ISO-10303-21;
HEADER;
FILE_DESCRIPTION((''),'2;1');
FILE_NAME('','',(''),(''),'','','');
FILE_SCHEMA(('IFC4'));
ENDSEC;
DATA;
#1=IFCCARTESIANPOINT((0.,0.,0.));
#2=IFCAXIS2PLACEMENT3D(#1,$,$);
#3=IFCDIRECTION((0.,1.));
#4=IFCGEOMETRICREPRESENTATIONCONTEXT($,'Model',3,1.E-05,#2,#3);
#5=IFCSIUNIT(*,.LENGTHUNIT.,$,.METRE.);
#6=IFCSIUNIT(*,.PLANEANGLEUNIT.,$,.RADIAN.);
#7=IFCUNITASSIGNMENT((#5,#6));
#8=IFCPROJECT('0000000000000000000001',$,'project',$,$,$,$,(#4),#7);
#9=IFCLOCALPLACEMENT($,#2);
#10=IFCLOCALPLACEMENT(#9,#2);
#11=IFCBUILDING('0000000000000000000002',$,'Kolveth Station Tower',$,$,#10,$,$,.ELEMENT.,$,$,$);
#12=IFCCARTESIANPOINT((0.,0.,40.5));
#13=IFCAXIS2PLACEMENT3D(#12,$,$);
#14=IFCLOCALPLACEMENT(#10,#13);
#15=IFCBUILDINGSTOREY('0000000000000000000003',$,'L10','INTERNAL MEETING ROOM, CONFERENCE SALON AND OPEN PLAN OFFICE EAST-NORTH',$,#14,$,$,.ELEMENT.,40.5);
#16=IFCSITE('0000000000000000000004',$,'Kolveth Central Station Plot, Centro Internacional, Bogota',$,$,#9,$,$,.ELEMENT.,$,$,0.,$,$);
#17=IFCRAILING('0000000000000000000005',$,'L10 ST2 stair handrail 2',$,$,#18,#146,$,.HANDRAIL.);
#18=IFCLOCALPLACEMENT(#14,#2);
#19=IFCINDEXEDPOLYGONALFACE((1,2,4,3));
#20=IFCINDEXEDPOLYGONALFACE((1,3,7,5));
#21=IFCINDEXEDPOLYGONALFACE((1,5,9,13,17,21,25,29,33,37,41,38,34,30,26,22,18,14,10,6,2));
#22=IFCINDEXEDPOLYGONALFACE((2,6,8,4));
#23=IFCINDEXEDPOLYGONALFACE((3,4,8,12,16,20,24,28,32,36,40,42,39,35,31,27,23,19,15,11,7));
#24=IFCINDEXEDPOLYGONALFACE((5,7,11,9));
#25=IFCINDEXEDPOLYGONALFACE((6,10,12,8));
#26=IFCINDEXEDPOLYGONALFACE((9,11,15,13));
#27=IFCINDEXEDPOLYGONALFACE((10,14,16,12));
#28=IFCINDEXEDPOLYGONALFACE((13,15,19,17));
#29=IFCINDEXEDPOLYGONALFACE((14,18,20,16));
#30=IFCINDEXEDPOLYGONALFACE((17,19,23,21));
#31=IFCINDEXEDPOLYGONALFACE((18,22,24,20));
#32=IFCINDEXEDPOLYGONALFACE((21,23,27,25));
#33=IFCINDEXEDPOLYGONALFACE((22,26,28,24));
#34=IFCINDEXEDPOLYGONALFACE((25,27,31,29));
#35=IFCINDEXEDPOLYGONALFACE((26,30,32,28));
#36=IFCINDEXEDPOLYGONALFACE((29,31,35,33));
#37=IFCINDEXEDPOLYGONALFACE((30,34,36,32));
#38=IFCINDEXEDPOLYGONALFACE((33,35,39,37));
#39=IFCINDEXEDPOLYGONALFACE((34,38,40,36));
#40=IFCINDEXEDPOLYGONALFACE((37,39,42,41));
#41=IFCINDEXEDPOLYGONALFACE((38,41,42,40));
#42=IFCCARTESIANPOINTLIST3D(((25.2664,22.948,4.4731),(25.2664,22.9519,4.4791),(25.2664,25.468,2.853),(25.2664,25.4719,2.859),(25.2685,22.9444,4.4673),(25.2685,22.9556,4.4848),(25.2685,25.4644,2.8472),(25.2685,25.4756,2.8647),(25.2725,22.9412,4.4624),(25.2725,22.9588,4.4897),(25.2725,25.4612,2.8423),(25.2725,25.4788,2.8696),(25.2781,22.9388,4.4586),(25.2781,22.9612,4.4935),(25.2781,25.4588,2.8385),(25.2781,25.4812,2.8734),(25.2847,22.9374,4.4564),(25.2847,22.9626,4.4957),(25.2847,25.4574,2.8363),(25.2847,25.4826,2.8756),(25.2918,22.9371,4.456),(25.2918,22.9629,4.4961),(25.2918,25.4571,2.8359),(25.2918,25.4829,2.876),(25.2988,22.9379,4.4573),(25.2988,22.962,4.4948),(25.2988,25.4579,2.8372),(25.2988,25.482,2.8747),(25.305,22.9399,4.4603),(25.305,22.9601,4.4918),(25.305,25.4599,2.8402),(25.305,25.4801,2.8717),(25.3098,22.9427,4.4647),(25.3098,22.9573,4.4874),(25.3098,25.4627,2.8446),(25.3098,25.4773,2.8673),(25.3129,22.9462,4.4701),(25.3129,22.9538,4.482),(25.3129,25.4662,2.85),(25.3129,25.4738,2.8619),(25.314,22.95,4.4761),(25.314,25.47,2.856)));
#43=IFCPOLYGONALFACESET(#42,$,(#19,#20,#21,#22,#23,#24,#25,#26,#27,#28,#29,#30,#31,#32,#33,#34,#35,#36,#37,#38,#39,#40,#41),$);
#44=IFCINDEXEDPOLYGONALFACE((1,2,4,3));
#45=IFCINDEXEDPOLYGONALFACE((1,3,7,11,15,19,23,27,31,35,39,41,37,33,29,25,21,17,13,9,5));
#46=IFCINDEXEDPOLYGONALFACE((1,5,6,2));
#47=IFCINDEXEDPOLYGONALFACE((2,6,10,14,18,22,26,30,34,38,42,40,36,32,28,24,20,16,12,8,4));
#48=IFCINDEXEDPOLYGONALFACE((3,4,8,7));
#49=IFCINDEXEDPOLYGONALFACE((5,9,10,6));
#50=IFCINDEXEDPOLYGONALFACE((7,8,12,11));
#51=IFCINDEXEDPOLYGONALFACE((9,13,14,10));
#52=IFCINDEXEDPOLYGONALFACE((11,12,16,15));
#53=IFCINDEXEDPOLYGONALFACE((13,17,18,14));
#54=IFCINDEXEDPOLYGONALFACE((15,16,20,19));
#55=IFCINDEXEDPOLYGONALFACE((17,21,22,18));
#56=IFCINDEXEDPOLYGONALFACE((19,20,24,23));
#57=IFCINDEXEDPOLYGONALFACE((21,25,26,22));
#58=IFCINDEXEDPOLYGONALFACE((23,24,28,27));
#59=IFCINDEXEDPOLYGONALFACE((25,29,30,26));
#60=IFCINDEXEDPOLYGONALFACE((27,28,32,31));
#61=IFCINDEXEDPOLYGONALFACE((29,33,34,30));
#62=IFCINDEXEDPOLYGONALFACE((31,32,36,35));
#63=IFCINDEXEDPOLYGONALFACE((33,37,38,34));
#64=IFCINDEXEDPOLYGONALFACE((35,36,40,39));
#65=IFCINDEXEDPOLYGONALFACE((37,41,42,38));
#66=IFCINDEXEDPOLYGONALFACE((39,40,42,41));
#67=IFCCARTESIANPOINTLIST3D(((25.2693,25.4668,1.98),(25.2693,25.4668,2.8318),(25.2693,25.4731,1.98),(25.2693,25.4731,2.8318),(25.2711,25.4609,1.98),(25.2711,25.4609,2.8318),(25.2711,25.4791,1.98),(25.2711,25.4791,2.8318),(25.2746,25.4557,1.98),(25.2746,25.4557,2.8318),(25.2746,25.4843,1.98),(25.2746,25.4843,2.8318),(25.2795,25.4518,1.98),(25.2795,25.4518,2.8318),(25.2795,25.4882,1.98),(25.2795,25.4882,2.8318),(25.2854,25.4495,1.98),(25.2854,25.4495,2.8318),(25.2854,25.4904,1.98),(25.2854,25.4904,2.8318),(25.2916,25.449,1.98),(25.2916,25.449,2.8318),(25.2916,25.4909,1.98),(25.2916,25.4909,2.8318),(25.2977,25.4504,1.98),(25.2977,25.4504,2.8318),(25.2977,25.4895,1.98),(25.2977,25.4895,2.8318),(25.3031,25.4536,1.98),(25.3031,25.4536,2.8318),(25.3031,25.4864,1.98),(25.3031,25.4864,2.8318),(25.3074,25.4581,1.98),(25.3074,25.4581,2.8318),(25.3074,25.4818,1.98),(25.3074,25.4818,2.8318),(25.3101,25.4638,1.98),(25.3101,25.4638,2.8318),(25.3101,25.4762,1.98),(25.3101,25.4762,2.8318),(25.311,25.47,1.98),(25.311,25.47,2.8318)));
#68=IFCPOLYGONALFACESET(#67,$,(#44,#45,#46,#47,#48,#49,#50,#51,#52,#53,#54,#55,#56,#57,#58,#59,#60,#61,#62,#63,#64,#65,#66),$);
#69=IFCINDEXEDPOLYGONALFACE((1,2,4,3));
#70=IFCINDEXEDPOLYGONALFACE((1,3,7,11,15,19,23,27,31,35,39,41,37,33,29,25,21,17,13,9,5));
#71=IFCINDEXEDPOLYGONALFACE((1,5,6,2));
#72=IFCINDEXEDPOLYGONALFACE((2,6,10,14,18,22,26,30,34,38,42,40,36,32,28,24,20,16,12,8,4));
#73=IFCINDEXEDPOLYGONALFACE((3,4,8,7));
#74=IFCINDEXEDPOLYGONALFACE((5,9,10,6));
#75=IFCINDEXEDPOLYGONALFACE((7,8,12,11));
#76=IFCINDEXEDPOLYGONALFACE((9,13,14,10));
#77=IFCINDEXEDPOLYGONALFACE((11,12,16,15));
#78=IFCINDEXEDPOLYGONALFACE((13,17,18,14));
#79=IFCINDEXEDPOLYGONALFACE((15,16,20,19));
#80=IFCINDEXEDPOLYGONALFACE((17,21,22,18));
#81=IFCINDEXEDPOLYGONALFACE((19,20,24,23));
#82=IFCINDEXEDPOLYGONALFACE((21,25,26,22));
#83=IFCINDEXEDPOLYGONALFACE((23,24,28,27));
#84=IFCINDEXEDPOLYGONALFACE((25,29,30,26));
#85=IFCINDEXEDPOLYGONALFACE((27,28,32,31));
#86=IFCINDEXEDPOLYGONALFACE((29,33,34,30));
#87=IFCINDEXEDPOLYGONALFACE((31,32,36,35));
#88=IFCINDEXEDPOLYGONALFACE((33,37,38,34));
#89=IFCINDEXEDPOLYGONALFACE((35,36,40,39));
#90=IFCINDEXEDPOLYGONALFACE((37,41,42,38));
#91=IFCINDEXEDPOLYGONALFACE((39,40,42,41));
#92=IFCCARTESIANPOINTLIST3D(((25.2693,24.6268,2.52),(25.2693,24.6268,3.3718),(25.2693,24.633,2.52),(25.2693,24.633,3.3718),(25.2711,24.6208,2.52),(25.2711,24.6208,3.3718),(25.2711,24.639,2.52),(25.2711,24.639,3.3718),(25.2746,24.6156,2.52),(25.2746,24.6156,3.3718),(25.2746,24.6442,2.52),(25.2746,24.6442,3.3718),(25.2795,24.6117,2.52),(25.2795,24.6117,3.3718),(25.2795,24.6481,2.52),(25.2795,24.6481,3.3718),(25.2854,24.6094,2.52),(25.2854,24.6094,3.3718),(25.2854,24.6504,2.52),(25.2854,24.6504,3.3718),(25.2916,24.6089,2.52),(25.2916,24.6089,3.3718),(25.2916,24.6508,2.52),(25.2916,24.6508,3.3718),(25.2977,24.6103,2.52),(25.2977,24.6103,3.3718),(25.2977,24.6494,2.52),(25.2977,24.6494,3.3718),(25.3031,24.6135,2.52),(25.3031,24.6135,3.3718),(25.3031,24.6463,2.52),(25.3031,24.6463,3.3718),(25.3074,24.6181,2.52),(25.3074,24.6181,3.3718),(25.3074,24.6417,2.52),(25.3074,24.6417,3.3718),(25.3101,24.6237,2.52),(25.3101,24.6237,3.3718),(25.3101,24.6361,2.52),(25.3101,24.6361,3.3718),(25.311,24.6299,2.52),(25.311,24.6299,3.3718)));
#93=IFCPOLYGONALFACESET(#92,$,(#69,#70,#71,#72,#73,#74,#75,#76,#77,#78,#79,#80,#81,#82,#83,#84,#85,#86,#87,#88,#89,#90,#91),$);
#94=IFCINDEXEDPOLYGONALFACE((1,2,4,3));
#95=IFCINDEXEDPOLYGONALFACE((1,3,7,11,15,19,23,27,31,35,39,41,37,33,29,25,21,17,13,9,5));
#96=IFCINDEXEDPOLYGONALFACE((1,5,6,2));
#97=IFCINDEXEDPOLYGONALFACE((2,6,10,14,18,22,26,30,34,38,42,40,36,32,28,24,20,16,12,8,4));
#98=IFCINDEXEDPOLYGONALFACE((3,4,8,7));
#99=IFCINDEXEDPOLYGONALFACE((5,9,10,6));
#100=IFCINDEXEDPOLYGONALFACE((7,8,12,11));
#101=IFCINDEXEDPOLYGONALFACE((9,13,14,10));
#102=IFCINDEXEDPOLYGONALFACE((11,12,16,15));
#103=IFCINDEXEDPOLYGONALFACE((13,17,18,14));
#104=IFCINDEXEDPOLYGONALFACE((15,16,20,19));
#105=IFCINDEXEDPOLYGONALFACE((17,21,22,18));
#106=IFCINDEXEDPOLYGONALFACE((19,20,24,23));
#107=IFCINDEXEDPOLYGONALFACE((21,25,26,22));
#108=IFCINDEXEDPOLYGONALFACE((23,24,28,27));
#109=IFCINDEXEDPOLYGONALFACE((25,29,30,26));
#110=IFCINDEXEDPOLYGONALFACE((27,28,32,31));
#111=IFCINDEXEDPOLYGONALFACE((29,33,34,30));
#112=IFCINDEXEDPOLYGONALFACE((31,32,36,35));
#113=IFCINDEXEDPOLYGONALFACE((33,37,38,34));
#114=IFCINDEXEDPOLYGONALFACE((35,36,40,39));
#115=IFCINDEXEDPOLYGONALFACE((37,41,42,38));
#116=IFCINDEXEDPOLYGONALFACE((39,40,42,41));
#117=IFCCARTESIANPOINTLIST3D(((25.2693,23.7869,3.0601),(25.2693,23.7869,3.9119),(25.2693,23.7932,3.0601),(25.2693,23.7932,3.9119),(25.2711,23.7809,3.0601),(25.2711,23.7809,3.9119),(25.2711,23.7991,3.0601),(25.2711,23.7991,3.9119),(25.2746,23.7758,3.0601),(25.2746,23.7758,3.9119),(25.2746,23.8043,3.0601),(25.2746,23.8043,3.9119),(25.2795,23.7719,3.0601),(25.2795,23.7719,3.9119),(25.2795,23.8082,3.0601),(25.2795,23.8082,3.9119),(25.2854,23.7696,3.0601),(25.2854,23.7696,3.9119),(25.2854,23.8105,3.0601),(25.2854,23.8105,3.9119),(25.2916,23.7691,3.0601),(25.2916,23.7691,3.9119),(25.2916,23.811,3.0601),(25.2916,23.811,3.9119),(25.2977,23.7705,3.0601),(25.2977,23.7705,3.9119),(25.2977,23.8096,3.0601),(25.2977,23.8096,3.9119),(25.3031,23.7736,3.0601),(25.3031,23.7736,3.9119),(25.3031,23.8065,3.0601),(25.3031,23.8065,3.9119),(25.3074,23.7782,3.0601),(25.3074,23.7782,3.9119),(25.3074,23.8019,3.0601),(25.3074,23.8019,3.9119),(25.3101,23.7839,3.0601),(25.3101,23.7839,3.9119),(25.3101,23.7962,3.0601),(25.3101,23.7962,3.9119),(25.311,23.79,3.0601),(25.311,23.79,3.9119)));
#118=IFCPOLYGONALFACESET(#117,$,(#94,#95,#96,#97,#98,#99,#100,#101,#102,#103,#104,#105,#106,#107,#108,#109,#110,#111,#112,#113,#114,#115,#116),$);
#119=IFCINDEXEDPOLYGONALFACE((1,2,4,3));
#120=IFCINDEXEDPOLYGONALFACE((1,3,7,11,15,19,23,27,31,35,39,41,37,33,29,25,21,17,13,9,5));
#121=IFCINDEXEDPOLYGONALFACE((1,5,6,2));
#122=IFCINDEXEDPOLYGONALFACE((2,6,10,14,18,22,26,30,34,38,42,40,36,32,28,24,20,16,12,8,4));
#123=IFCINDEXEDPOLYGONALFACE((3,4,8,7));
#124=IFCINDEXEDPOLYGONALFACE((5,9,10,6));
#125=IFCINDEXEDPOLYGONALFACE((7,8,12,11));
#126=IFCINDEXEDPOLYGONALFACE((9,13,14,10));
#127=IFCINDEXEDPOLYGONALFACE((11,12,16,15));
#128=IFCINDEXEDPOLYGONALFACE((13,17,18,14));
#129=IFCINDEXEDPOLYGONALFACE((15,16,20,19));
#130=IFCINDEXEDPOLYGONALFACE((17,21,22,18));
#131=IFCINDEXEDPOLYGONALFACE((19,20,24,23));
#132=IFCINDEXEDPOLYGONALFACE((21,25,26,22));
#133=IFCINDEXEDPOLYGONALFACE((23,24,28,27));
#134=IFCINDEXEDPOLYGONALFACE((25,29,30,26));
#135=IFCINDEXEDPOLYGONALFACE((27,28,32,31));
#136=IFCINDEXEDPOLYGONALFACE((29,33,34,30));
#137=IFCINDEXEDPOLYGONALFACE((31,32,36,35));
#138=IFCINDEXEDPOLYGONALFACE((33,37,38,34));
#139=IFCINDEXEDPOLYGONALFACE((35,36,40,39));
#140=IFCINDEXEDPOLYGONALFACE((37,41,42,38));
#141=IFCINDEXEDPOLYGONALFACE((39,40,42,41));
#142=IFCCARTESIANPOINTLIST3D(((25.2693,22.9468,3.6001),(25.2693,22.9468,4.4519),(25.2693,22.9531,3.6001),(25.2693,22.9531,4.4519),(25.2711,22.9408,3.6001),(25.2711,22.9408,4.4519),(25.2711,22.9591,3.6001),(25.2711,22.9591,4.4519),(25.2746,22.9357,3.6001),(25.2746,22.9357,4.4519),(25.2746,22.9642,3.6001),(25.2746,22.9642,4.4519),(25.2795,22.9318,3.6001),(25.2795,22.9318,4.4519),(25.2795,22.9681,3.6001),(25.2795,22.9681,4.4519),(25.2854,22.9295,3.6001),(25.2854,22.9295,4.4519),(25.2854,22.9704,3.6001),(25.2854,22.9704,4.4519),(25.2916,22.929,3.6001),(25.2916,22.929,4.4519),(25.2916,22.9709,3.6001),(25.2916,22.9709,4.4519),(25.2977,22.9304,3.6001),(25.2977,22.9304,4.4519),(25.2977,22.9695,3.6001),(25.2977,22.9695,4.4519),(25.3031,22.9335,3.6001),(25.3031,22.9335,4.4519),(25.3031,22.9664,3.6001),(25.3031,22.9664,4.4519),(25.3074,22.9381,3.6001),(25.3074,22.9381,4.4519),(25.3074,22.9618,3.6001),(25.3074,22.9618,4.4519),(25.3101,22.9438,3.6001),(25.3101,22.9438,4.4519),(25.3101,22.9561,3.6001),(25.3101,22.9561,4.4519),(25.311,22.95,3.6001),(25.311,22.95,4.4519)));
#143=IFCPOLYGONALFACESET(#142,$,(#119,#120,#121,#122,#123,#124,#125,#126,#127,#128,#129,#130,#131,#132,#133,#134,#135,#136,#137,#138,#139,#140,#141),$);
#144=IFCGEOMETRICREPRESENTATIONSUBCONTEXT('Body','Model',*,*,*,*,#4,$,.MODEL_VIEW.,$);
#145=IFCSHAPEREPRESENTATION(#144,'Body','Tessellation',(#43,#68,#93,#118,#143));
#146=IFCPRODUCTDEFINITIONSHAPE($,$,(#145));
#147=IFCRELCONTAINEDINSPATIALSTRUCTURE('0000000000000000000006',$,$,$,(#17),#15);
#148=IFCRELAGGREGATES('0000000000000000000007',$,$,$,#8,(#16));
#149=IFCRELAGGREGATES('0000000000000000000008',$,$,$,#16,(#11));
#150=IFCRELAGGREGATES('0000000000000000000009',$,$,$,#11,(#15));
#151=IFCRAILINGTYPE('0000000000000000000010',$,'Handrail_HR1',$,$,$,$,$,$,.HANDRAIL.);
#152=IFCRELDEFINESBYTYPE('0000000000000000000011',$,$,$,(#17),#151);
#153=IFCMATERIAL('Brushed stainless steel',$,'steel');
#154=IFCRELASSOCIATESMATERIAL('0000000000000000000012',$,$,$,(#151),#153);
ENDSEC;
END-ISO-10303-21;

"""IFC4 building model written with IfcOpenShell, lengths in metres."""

from ifc_helpers import new_model, si_unit, direction, frame, origin, origin_2d, place, context, subcontext, project, spatial, circle, extrude, material, type_object, element, save


model = new_model("IFC4")

# Units and contexts
model_context = context("Model", 3, precision=1e-05, world=origin(), true_north=direction((0.0, 1.0)))
body_context = subcontext(model_context, "Body", "Model", "MODEL_VIEW")
ifc_project = project(units=[si_unit("LENGTHUNIT", "METRE"), si_unit("PLANEANGLEUNIT", "RADIAN")], contexts=[model_context])

# Site, building, storey
site_placement = place(None, origin())
site = spatial("IfcSite", under=ifc_project, at=site_placement, Name="Kolveth Central Station Plot, Centro Internacional, Bogota", CompositionType="ELEMENT", RefElevation=0.0)
building_placement = place(site_placement, origin())
building = spatial("IfcBuilding", under=site, at=building_placement, Name="Kolveth Station Tower", CompositionType="ELEMENT")
storey_placement = place(building_placement, frame((0.0, 0.0, 40.5)))
storey = spatial("IfcBuildingStorey", under=building, at=storey_placement, Name="L10", Description="INTERNAL MEETING ROOM, CONFERENCE SALON AND OPEN PLAN OFFICE EAST-NORTH", CompositionType="ELEMENT", Elevation=40.5)

# Railing
ifc_material_1 = material(Name="Brushed stainless steel", Category="steel")
railing_type_1 = type_object("IfcRailingType", Name="Handrail_HR1", PredefinedType="HANDRAIL", material=ifc_material_1)
railing_1_placement = place(storey_placement, frame((25.29, 25.47, 1.98)))
element("IfcRailing", 1, at=railing_1_placement, inside=storey, type_object=railing_type_1, Name="L10 ST2 stair handrail 2", PredefinedType="HANDRAIL", context=body_context, shape_type="SweptSolid", body=[
    extrude(circle(Radius=0.0239, at=origin_2d()), frame((0.0, 0.0, 0.876), z_axis=(0.0, -0.841163, 0.540782), x_axis=(1.0, 0.0, 0.0)), (0.0, 0.0, 1.0), 2.9958),
    extrude(circle(Radius=0.021, at=origin_2d()), origin(), (0.0, 0.0, 1.0), 0.8518),
    extrude(circle(Radius=0.021, at=origin_2d()), frame((0.0, -0.8401, 0.54)), (0.0, 0.0, 1.0), 0.8518),
    extrude(circle(Radius=0.021, at=origin_2d()), frame((0.0, -1.6799, 1.0801)), (0.0, 0.0, 1.0), 0.8518),
    extrude(circle(Radius=0.021, at=origin_2d()), frame((0.0, -2.52, 1.6201)), (0.0, 0.0, 1.0), 0.8518),
])

save(model, "model.ifc")
